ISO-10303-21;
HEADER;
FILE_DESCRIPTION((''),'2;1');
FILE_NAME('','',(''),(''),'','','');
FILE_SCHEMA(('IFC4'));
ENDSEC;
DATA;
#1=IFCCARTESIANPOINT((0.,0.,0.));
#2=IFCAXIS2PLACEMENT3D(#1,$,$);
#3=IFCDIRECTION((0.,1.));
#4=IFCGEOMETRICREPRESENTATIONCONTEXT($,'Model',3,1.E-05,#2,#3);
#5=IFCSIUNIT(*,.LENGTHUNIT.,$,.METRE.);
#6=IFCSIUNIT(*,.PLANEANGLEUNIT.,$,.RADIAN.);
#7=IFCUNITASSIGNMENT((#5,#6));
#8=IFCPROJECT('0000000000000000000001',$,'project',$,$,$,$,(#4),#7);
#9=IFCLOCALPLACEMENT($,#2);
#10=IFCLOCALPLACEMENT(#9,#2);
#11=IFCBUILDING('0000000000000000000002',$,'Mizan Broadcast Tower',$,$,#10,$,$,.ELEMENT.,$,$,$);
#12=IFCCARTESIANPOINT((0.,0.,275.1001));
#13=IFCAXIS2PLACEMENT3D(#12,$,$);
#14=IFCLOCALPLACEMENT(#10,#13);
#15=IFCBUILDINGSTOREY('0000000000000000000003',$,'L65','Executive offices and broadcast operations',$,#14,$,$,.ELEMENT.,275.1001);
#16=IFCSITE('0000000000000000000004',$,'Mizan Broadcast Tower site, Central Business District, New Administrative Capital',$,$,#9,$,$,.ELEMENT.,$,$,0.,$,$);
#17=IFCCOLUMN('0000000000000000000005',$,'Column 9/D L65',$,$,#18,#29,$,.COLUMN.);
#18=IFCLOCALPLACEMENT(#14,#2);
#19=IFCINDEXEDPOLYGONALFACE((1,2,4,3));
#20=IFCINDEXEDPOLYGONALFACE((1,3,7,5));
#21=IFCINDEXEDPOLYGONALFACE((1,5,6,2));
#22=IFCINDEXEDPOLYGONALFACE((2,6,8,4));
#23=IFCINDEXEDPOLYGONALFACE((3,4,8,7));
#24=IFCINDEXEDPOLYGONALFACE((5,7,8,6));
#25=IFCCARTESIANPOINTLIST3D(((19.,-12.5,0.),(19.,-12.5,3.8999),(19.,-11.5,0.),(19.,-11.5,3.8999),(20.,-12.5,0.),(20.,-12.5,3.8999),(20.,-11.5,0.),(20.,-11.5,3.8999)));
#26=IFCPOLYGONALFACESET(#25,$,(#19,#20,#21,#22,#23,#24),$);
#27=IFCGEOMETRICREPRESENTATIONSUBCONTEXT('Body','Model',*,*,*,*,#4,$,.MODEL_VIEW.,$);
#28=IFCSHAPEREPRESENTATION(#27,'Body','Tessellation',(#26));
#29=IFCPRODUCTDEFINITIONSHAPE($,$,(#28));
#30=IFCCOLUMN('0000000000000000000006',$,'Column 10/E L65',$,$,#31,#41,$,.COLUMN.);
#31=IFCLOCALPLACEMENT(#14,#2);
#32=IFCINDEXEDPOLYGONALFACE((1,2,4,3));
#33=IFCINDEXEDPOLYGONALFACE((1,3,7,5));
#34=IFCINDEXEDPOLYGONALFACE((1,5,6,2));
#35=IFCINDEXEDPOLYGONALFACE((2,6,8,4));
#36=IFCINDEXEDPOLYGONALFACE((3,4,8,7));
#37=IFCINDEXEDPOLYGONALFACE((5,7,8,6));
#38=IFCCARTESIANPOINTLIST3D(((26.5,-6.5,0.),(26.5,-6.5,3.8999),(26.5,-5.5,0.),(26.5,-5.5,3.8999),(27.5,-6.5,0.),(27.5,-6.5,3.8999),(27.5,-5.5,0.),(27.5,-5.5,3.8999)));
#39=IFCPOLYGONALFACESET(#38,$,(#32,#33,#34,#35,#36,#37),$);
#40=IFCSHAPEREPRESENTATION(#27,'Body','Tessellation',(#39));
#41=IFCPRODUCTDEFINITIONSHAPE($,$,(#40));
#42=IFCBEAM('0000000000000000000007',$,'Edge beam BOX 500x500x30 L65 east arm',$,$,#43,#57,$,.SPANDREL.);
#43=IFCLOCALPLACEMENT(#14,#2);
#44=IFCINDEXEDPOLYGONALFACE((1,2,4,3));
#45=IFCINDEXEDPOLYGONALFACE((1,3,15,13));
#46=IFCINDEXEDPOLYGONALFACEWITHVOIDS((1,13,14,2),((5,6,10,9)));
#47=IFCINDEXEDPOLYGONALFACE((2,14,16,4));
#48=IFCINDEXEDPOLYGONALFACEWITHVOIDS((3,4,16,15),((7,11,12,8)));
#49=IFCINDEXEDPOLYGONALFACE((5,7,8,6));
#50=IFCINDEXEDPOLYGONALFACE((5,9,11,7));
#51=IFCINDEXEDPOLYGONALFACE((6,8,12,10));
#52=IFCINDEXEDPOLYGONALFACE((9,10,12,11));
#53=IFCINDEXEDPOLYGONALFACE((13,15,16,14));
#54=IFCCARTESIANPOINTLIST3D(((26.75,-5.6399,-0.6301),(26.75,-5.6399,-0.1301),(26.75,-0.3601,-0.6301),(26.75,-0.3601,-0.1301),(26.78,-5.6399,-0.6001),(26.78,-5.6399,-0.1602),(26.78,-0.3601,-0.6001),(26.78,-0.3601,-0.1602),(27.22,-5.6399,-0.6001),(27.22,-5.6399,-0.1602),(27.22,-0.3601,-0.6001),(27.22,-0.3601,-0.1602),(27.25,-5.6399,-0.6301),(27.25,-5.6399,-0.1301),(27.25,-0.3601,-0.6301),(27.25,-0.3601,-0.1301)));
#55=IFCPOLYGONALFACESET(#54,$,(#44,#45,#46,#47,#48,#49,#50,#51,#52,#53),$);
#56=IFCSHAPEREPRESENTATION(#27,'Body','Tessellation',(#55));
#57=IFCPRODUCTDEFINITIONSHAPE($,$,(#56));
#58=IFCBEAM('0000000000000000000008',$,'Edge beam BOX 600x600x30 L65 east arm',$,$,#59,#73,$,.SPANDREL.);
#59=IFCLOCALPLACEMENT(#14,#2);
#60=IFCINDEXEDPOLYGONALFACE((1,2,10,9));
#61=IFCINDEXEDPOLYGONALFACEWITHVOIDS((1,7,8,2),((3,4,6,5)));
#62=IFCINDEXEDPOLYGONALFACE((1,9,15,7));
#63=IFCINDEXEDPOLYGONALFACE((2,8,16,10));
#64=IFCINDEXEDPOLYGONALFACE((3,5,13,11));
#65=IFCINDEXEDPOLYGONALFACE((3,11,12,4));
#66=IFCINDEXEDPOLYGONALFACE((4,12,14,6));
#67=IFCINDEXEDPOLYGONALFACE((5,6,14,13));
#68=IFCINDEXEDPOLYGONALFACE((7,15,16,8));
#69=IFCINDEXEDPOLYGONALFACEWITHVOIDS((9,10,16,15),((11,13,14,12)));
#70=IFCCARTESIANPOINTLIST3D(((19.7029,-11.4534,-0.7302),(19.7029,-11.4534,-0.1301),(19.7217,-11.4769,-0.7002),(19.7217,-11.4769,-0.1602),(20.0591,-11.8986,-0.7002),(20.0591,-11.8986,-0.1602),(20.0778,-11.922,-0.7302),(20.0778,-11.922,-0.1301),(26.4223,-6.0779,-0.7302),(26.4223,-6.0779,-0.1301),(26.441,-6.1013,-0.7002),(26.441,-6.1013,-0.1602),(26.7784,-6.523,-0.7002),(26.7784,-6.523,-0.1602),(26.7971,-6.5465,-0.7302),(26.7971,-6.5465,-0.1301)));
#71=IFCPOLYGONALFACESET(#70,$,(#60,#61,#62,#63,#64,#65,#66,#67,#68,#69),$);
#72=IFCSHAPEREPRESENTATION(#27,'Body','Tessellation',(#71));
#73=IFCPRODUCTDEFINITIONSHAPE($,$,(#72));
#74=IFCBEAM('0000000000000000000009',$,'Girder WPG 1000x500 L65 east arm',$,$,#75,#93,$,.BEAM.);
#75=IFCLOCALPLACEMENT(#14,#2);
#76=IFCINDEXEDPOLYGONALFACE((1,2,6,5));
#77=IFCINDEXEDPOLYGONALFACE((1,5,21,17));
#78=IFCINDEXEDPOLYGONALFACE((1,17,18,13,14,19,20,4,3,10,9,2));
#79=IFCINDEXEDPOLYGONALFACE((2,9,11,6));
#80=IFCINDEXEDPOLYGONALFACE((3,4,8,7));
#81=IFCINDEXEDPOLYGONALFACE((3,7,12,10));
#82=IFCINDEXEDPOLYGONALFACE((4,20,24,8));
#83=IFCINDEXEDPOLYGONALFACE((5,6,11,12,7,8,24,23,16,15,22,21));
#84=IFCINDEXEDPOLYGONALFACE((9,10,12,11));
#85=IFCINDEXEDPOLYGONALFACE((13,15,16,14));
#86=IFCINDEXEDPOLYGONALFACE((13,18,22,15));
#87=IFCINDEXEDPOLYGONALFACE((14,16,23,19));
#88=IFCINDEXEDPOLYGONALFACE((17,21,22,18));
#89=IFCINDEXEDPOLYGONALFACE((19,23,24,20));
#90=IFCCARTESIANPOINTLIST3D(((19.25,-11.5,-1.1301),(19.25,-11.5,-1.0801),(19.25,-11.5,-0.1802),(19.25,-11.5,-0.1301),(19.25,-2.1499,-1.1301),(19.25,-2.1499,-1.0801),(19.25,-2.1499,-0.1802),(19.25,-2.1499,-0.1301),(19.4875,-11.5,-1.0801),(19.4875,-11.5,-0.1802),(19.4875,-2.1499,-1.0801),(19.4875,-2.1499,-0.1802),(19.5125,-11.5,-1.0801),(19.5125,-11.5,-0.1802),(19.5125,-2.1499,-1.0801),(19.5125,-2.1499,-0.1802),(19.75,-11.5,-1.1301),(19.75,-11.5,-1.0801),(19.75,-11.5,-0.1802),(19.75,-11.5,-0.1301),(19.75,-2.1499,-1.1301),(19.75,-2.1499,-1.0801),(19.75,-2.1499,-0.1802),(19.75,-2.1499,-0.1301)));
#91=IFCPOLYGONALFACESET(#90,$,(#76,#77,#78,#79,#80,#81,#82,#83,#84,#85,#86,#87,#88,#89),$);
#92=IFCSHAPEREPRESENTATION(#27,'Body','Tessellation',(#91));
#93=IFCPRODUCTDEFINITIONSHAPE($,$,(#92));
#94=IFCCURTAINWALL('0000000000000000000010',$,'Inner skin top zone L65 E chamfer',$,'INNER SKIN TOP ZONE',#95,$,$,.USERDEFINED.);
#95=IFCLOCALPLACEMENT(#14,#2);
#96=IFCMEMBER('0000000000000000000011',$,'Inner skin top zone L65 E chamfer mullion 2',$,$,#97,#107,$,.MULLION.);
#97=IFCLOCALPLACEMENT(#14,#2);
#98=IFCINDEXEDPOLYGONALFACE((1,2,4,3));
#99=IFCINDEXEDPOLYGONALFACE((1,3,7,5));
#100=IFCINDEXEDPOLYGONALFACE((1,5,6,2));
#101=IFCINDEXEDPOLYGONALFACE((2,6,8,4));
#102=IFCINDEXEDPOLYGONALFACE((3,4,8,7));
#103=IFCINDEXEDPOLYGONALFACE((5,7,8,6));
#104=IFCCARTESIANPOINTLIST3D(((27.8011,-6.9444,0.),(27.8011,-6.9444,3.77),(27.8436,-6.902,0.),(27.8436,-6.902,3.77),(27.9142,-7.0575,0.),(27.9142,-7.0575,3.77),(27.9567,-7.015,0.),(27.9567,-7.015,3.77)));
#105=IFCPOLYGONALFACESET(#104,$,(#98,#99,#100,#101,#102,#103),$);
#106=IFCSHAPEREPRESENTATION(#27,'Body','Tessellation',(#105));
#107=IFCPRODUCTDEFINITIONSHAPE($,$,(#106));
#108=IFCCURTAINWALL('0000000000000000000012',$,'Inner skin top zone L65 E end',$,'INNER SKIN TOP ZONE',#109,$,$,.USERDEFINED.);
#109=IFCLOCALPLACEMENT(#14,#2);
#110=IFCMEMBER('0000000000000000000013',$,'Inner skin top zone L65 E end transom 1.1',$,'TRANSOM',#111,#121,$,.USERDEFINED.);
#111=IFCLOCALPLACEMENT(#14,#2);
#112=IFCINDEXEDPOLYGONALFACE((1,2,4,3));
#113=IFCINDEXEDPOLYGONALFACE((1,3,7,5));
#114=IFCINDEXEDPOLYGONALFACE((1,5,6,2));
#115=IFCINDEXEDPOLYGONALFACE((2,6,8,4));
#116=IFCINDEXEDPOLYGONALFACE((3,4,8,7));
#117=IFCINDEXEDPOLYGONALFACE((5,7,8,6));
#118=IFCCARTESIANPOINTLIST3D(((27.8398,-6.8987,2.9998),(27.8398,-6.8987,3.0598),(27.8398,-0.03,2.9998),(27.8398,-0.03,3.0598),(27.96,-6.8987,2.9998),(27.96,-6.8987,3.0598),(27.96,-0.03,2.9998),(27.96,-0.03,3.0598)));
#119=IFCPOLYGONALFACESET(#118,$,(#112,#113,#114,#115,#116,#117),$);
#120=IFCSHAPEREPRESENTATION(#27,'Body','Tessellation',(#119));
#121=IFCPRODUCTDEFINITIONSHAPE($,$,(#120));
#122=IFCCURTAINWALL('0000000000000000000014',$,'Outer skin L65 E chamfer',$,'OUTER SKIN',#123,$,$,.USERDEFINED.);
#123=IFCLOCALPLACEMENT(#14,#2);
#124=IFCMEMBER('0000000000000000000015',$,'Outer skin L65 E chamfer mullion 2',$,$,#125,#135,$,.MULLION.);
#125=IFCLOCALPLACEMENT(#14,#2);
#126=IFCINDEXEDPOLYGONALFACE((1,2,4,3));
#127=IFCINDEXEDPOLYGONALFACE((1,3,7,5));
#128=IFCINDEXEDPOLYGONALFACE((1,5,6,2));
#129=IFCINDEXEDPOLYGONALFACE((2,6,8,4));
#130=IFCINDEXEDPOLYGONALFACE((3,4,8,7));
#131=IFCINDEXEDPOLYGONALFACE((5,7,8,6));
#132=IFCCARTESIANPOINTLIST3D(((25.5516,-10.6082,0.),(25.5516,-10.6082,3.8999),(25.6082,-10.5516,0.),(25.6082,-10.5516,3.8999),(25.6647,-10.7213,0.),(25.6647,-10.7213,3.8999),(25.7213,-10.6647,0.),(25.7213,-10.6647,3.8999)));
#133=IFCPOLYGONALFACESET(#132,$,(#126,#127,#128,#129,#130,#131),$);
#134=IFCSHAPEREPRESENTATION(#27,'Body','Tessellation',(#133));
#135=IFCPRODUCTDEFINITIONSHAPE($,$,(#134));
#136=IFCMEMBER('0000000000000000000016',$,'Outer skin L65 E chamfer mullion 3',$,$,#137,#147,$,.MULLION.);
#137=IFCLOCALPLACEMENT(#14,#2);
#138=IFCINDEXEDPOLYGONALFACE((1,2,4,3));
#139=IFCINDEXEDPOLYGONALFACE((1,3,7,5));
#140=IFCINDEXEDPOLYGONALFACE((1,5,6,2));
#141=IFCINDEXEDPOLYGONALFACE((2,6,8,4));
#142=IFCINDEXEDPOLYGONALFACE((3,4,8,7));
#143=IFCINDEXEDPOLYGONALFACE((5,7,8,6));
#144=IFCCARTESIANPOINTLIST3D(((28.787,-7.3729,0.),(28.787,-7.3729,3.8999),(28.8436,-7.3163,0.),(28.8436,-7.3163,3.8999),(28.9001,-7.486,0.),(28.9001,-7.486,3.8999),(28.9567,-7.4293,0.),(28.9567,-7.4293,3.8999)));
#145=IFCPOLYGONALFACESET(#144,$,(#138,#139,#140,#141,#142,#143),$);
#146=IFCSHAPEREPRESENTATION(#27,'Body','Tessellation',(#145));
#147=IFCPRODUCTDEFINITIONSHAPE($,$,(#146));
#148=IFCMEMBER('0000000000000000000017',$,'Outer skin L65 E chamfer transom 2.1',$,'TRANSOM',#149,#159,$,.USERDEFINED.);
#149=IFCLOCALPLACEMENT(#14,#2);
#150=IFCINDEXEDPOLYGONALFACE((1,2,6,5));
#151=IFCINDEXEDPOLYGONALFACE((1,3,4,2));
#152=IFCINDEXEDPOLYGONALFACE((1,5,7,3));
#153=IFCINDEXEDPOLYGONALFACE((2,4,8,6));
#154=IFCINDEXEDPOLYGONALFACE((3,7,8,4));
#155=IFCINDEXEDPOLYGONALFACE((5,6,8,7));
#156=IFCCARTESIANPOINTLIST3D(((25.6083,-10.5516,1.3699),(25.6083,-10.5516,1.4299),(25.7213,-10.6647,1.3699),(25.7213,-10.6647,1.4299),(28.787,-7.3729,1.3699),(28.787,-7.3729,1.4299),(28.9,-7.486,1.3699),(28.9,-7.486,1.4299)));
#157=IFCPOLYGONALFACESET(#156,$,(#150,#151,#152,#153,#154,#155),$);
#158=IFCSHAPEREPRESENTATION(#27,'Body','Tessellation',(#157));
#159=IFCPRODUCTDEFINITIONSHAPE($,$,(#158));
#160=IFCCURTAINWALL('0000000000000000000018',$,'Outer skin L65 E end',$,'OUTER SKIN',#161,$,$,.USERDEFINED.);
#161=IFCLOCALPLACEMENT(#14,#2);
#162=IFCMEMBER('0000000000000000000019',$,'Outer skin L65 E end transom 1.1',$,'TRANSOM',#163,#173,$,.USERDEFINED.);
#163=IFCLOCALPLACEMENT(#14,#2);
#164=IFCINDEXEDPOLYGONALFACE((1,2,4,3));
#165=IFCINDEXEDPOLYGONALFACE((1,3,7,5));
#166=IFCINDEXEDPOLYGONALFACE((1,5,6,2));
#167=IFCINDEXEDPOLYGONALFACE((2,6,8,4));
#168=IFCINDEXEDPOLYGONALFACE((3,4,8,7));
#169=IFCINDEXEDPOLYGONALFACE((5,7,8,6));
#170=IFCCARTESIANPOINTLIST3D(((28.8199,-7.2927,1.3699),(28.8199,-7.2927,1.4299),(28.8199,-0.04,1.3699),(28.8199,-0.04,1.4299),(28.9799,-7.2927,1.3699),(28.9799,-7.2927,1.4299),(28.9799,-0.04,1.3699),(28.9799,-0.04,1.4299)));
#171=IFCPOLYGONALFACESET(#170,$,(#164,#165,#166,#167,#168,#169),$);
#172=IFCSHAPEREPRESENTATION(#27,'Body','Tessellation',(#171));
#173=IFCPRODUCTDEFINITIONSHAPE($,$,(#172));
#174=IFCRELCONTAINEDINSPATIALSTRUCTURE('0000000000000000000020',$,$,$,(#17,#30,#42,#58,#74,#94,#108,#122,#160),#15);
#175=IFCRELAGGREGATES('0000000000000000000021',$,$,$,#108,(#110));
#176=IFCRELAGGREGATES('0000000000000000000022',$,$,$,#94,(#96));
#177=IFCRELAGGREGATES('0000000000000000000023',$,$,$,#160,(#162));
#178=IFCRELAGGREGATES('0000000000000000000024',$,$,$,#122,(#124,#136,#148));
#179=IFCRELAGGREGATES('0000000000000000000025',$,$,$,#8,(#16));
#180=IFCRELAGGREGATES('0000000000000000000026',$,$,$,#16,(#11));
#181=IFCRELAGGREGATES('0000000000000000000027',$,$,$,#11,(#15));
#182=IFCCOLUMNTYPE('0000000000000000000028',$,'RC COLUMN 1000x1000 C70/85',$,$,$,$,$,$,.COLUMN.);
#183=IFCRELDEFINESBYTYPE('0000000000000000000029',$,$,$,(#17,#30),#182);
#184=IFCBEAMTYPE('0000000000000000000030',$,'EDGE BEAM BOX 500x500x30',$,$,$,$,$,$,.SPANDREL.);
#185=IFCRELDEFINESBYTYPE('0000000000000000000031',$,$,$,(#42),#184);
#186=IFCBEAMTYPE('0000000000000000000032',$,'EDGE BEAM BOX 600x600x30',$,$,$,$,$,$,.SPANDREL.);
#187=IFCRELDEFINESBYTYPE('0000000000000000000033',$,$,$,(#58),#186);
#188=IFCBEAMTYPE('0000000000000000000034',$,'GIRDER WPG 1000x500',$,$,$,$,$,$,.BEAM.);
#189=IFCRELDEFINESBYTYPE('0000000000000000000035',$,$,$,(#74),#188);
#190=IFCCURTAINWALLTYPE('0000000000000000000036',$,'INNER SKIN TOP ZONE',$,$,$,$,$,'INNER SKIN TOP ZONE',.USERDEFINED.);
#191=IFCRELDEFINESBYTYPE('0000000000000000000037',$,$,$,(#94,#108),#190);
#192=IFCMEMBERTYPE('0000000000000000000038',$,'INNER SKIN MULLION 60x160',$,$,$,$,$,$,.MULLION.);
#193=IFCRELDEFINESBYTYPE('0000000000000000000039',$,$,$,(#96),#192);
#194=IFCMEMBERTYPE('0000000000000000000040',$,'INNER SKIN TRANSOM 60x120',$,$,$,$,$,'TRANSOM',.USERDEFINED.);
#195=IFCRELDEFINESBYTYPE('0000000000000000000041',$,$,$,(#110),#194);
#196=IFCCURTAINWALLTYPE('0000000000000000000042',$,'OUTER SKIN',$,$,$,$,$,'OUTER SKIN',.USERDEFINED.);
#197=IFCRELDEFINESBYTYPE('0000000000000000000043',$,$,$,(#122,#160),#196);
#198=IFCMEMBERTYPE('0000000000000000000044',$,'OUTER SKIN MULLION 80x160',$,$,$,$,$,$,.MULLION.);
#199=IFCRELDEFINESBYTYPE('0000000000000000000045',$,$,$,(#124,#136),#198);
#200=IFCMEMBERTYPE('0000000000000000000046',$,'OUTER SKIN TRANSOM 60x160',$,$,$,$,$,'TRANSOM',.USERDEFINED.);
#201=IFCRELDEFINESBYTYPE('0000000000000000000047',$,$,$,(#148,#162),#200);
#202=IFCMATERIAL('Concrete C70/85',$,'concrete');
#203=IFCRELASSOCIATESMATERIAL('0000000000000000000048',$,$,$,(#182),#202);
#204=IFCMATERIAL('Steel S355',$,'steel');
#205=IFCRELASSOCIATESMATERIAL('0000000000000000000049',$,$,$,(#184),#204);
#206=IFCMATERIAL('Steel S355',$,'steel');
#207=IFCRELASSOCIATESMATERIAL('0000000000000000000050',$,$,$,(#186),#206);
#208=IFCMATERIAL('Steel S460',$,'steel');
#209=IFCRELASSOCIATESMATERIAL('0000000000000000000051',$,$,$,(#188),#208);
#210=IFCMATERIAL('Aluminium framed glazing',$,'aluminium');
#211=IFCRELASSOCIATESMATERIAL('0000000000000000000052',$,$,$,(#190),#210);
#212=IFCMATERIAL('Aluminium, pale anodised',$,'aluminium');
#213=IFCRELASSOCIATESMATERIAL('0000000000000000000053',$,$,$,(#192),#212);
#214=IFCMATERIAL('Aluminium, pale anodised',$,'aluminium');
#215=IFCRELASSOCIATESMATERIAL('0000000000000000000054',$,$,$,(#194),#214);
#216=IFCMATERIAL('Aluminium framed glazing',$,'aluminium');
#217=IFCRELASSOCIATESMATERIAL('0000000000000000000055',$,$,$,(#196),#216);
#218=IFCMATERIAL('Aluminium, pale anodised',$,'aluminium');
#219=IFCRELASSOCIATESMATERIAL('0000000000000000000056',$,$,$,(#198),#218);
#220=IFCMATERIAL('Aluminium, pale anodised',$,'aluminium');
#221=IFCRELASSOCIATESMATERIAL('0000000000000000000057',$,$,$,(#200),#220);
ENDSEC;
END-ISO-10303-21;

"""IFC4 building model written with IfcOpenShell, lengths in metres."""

from ifc_helpers import new_model, si_unit, direction, frame, origin, origin_2d, place, context, subcontext, project, spatial, rectangle, hollow_rectangle, i_section, extrude, material, material_profile, profile_set, type_object, element, aggregate, save


model = new_model("IFC4")

# Units and contexts
model_context = context("Model", 3, precision=1e-05, world=origin(), true_north=direction((0.0, 1.0)))
body_context = subcontext(model_context, "Body", "Model", "MODEL_VIEW")
ifc_project = project(units=[si_unit("LENGTHUNIT", "METRE"), si_unit("PLANEANGLEUNIT", "RADIAN")], contexts=[model_context])

# Site, building, storey
site_placement = place(None, origin())
site = spatial("IfcSite", under=ifc_project, at=site_placement, Name="Mizan Broadcast Tower site, Central Business District, New Administrative Capital", CompositionType="ELEMENT", RefElevation=0.0)
building_placement = place(site_placement, origin())
building = spatial("IfcBuilding", under=site, at=building_placement, Name="Mizan Broadcast Tower", CompositionType="ELEMENT")
storey_placement = place(building_placement, frame((0.0, 0.0, 275.1001)))
storey = spatial("IfcBuildingStorey", under=building, at=storey_placement, Name="L65", Description="Executive offices and broadcast operations", CompositionType="ELEMENT", Elevation=275.1001)

# Columns
ifc_material_1 = material(Name="Concrete C70/85", Category="concrete")
ifc_material_profile_1 = material_profile(ifc_material_1, rectangle(XDim=1.0, YDim=1.0, at=origin_2d()), Name="RC 1000x1000")
ifc_profile_set_1 = profile_set([ifc_material_profile_1], Name="Concrete C70/85")
column_type = type_object("IfcColumnType", Name="RC COLUMN 1000x1000 C70/85", PredefinedType="COLUMN", material=ifc_profile_set_1)
for number, where, z_axis, x_axis, name in (
    (1, (19.5, -12.0, 0.0), (0.0, 0.0, 1.0), (1.0, 0.0, 0.0), "Column 9/D L65"),
    (2, (27.0, -6.0, 0.0), (0.0, 0.0, 1.0), (1.0, 0.0, 0.0), "Column 10/E L65"),
):
    element("IfcColumn", number, at=place(storey_placement, frame(where, z_axis=z_axis, x_axis=x_axis)), inside=storey, type_object=column_type, Name=name, PredefinedType="COLUMN", context=body_context, shape_type="SweptSolid", body=[
        extrude(rectangle(XDim=1.0, YDim=1.0, at=origin_2d()), origin(), (0.0, 0.0, 1.0), 3.8999),
    ])

# Beams
ifc_material_2 = material(Name="Steel S355", Category="steel")
ifc_material_profile_2 = material_profile(ifc_material_2, hollow_rectangle(XDim=0.5, YDim=0.5, WallThickness=0.03, at=origin_2d()), Name="BOX 500x500x30")
ifc_profile_set_2 = profile_set([ifc_material_profile_2], Name="Steel S355")
beam_type_1 = type_object("IfcBeamType", Name="EDGE BEAM BOX 500x500x30", PredefinedType="SPANDREL", material=ifc_profile_set_2)
beam_1_placement = place(storey_placement, frame((27.0, -5.6399, -0.3801), z_axis=(0.0, 1.0, 0.0), x_axis=(-1.0, 0.0, 0.0)))
element("IfcBeam", 3, at=beam_1_placement, inside=storey, type_object=beam_type_1, Name="Edge beam BOX 500x500x30 L65 east arm", PredefinedType="SPANDREL", context=body_context, shape_type="SweptSolid", body=[
    extrude(hollow_rectangle(XDim=0.5, YDim=0.5, WallThickness=0.03, at=origin_2d()), origin(), (0.0, 0.0, 1.0), 5.2798),
])
ifc_material_3 = material(Name="Steel S355", Category="steel")
ifc_material_profile_3 = material_profile(ifc_material_3, hollow_rectangle(XDim=0.6001, YDim=0.6001, WallThickness=0.03, at=origin_2d()), Name="BOX 600x600x30")
ifc_profile_set_3 = profile_set([ifc_material_profile_3], Name="Steel S355")
beam_type_2 = type_object("IfcBeamType", Name="EDGE BEAM BOX 600x600x30", PredefinedType="SPANDREL", material=ifc_profile_set_3)
beam_2_placement = place(storey_placement, frame((19.8904, -11.6877, -0.4302), z_axis=(0.780863, 0.624702, 0.0), x_axis=(-0.624702, 0.780863, 0.0)))
element("IfcBeam", 4, at=beam_2_placement, inside=storey, type_object=beam_type_2, Name="Edge beam BOX 600x600x30 L65 east arm", PredefinedType="SPANDREL", context=body_context, shape_type="SweptSolid", body=[
    extrude(hollow_rectangle(XDim=0.6001, YDim=0.6001, WallThickness=0.03, at=origin_2d()), origin(), (0.0, 0.0, 1.0), 8.605),
])
ifc_material_4 = material(Name="Steel S460", Category="steel")
ifc_material_profile_4 = material_profile(ifc_material_4, i_section(OverallWidth=0.5, OverallDepth=1.0, WebThickness=0.0249, FlangeThickness=0.05, at=origin_2d()), Name="WPG 1000x500")
ifc_profile_set_4 = profile_set([ifc_material_profile_4], Name="Steel S460")
beam_type_3 = type_object("IfcBeamType", Name="GIRDER WPG 1000x500", PredefinedType="BEAM", material=ifc_profile_set_4)
beam_3_placement = place(storey_placement, frame((19.5, -11.5, -0.6301), z_axis=(0.0, 1.0, 0.0), x_axis=(-1.0, 0.0, 0.0)))
element("IfcBeam", 5, at=beam_3_placement, inside=storey, type_object=beam_type_3, Name="Girder WPG 1000x500 L65 east arm", PredefinedType="BEAM", context=body_context, shape_type="SweptSolid", body=[
    extrude(i_section(OverallWidth=0.5, OverallDepth=1.0, WebThickness=0.0249, FlangeThickness=0.05, at=origin_2d()), origin(), (0.0, 0.0, 1.0), 9.3501),
])

# Curtain walls, members
ifc_material_5 = material(Name="Aluminium framed glazing", Category="aluminium")
curtain_wall_type_1 = type_object("IfcCurtainWallType", Name="INNER SKIN TOP ZONE", ElementType="INNER SKIN TOP ZONE", PredefinedType="USERDEFINED", material=ifc_material_5)
curtain_wall_1_placement = place(storey_placement, origin())
curtain_wall_1 = element("IfcCurtainWall", 6, at=curtain_wall_1_placement, inside=storey, type_object=curtain_wall_type_1, Name="Inner skin top zone L65 E chamfer", ObjectType="INNER SKIN TOP ZONE", PredefinedType="USERDEFINED")
ifc_material_6 = material(Name="Aluminium, pale anodised", Category="aluminium")
ifc_material_profile_5 = material_profile(ifc_material_6, rectangle(XDim=0.1599, YDim=0.0601, at=origin_2d()), Name="MULLION 160x60")
ifc_profile_set_5 = profile_set([ifc_material_profile_5], Name="Aluminium, pale anodised")
member_type_1 = type_object("IfcMemberType", Name="INNER SKIN MULLION 60x160", PredefinedType="MULLION", material=ifc_profile_set_5)
member_1_placement = place(storey_placement, frame((27.8789, -6.9797, 0.0), z_axis=(0.0, 0.0, 1.0), x_axis=(-0.707107, 0.707107, 0.0)))
member_1 = element("IfcMember", 7, at=member_1_placement, type_object=member_type_1, Name="Inner skin top zone L65 E chamfer mullion 2", PredefinedType="MULLION", context=body_context, shape_type="SweptSolid", body=[
    extrude(rectangle(XDim=0.1599, YDim=0.0601, at=origin_2d()), origin(), (0.0, 0.0, 1.0), 3.77),
])
curtain_wall_2_placement = place(storey_placement, origin())
curtain_wall_2 = element("IfcCurtainWall", 8, at=curtain_wall_2_placement, inside=storey, type_object=curtain_wall_type_1, Name="Inner skin top zone L65 E end", ObjectType="INNER SKIN TOP ZONE", PredefinedType="USERDEFINED")
ifc_material_7 = material(Name="Aluminium, pale anodised", Category="aluminium")
ifc_material_profile_6 = material_profile(ifc_material_7, rectangle(XDim=0.1201, YDim=0.0601, at=origin_2d()), Name="TRANSOM 120x60")
ifc_profile_set_6 = profile_set([ifc_material_profile_6], Name="Aluminium, pale anodised")
member_type_2 = type_object("IfcMemberType", Name="INNER SKIN TRANSOM 60x120", ElementType="TRANSOM", PredefinedType="USERDEFINED", material=ifc_profile_set_6)
member_2_placement = place(storey_placement, frame((27.8999, -6.8987, 3.0298), z_axis=(0.0, 1.0, 0.0), x_axis=(-1.0, 0.0, 0.0)))
member_2 = element("IfcMember", 9, at=member_2_placement, type_object=member_type_2, Name="Inner skin top zone L65 E end transom 1.1", ObjectType="TRANSOM", PredefinedType="USERDEFINED", context=body_context, shape_type="SweptSolid", body=[
    extrude(rectangle(XDim=0.1201, YDim=0.0601, at=origin_2d()), origin(), (0.0, 0.0, 1.0), 6.8687),
])
aggregate(curtain_wall_2, [member_2])

# Curtain wall, members
ifc_material_8 = material(Name="Aluminium framed glazing", Category="aluminium")
curtain_wall_type_2 = type_object("IfcCurtainWallType", Name="OUTER SKIN", ElementType="OUTER SKIN", PredefinedType="USERDEFINED", material=ifc_material_8)
curtain_wall_3_placement = place(storey_placement, origin())
curtain_wall_3 = element("IfcCurtainWall", 10, at=curtain_wall_3_placement, inside=storey, type_object=curtain_wall_type_2, Name="Outer skin L65 E chamfer", ObjectType="OUTER SKIN", PredefinedType="USERDEFINED")
ifc_material_9 = material(Name="Aluminium, pale anodised", Category="aluminium")
ifc_material_profile_7 = material_profile(ifc_material_9, rectangle(XDim=0.1599, YDim=0.0801, at=origin_2d()), Name="MULLION 160x80")
ifc_profile_set_7 = profile_set([ifc_material_profile_7], Name="Aluminium, pale anodised")
member_type_3 = type_object("IfcMemberType", Name="OUTER SKIN MULLION 80x160", PredefinedType="MULLION", material=ifc_profile_set_7)
member_3_placement = place(storey_placement, frame((25.6365, -10.6365, 0.0), z_axis=(0.0, 0.0, 1.0), x_axis=(-0.707107, 0.707107, 0.0)))
member_3 = element("IfcMember", 11, at=member_3_placement, type_object=member_type_3, Name="Outer skin L65 E chamfer mullion 2", PredefinedType="MULLION", context=body_context, shape_type="SweptSolid", body=[
    extrude(rectangle(XDim=0.1599, YDim=0.0801, at=origin_2d()), origin(), (0.0, 0.0, 1.0), 3.8999),
])
member_4_placement = place(storey_placement, frame((28.8718, -7.4011, 0.0), z_axis=(0.0, 0.0, 1.0), x_axis=(-0.707107, 0.707107, 0.0)))
member_4 = element("IfcMember", 12, at=member_4_placement, type_object=member_type_3, Name="Outer skin L65 E chamfer mullion 3", PredefinedType="MULLION", context=body_context, shape_type="SweptSolid", body=[
    extrude(rectangle(XDim=0.1599, YDim=0.0801, at=origin_2d()), origin(), (0.0, 0.0, 1.0), 3.8999),
])
ifc_material_10 = material(Name="Aluminium, pale anodised", Category="aluminium")
ifc_material_profile_8 = material_profile(ifc_material_10, rectangle(XDim=0.1599, YDim=0.0601, at=origin_2d()), Name="TRANSOM 160x60")
ifc_profile_set_8 = profile_set([ifc_material_profile_8], Name="Aluminium, pale anodised")
member_type_4 = type_object("IfcMemberType", Name="OUTER SKIN TRANSOM 60x160", ElementType="TRANSOM", PredefinedType="USERDEFINED", material=ifc_profile_set_8)
member_5_placement = place(storey_placement, frame((25.6648, -10.6082, 1.3999), z_axis=(0.707107, 0.707107, 0.0), x_axis=(-0.707107, 0.707107, 0.0)))
member_5 = element("IfcMember", 13, at=member_5_placement, type_object=member_type_4, Name="Outer skin L65 E chamfer transom 2.1", ObjectType="TRANSOM", PredefinedType="USERDEFINED", context=body_context, shape_type="SweptSolid", body=[
    extrude(rectangle(XDim=0.1599, YDim=0.0601, at=origin_2d()), origin(), (0.0, 0.0, 1.0), 4.4954),
])

# Curtain wall, member
curtain_wall_4_placement = place(storey_placement, origin())
curtain_wall_4 = element("IfcCurtainWall", 14, at=curtain_wall_4_placement, inside=storey, type_object=curtain_wall_type_2, Name="Outer skin L65 E end", ObjectType="OUTER SKIN", PredefinedType="USERDEFINED")
member_6_placement = place(storey_placement, frame((28.8999, -7.2927, 1.3999), z_axis=(0.0, 1.0, 0.0), x_axis=(-1.0, 0.0, 0.0)))
member_6 = element("IfcMember", 15, at=member_6_placement, type_object=member_type_4, Name="Outer skin L65 E end transom 1.1", ObjectType="TRANSOM", PredefinedType="USERDEFINED", context=body_context, shape_type="SweptSolid", body=[
    extrude(rectangle(XDim=0.1599, YDim=0.0601, at=origin_2d()), origin(), (0.0, 0.0, 1.0), 7.2527),
])

aggregate(curtain_wall_1, [member_1])
aggregate(curtain_wall_4, [member_6])
aggregate(curtain_wall_3, [member_3, member_4, member_5])

save(model, "model.ifc")
